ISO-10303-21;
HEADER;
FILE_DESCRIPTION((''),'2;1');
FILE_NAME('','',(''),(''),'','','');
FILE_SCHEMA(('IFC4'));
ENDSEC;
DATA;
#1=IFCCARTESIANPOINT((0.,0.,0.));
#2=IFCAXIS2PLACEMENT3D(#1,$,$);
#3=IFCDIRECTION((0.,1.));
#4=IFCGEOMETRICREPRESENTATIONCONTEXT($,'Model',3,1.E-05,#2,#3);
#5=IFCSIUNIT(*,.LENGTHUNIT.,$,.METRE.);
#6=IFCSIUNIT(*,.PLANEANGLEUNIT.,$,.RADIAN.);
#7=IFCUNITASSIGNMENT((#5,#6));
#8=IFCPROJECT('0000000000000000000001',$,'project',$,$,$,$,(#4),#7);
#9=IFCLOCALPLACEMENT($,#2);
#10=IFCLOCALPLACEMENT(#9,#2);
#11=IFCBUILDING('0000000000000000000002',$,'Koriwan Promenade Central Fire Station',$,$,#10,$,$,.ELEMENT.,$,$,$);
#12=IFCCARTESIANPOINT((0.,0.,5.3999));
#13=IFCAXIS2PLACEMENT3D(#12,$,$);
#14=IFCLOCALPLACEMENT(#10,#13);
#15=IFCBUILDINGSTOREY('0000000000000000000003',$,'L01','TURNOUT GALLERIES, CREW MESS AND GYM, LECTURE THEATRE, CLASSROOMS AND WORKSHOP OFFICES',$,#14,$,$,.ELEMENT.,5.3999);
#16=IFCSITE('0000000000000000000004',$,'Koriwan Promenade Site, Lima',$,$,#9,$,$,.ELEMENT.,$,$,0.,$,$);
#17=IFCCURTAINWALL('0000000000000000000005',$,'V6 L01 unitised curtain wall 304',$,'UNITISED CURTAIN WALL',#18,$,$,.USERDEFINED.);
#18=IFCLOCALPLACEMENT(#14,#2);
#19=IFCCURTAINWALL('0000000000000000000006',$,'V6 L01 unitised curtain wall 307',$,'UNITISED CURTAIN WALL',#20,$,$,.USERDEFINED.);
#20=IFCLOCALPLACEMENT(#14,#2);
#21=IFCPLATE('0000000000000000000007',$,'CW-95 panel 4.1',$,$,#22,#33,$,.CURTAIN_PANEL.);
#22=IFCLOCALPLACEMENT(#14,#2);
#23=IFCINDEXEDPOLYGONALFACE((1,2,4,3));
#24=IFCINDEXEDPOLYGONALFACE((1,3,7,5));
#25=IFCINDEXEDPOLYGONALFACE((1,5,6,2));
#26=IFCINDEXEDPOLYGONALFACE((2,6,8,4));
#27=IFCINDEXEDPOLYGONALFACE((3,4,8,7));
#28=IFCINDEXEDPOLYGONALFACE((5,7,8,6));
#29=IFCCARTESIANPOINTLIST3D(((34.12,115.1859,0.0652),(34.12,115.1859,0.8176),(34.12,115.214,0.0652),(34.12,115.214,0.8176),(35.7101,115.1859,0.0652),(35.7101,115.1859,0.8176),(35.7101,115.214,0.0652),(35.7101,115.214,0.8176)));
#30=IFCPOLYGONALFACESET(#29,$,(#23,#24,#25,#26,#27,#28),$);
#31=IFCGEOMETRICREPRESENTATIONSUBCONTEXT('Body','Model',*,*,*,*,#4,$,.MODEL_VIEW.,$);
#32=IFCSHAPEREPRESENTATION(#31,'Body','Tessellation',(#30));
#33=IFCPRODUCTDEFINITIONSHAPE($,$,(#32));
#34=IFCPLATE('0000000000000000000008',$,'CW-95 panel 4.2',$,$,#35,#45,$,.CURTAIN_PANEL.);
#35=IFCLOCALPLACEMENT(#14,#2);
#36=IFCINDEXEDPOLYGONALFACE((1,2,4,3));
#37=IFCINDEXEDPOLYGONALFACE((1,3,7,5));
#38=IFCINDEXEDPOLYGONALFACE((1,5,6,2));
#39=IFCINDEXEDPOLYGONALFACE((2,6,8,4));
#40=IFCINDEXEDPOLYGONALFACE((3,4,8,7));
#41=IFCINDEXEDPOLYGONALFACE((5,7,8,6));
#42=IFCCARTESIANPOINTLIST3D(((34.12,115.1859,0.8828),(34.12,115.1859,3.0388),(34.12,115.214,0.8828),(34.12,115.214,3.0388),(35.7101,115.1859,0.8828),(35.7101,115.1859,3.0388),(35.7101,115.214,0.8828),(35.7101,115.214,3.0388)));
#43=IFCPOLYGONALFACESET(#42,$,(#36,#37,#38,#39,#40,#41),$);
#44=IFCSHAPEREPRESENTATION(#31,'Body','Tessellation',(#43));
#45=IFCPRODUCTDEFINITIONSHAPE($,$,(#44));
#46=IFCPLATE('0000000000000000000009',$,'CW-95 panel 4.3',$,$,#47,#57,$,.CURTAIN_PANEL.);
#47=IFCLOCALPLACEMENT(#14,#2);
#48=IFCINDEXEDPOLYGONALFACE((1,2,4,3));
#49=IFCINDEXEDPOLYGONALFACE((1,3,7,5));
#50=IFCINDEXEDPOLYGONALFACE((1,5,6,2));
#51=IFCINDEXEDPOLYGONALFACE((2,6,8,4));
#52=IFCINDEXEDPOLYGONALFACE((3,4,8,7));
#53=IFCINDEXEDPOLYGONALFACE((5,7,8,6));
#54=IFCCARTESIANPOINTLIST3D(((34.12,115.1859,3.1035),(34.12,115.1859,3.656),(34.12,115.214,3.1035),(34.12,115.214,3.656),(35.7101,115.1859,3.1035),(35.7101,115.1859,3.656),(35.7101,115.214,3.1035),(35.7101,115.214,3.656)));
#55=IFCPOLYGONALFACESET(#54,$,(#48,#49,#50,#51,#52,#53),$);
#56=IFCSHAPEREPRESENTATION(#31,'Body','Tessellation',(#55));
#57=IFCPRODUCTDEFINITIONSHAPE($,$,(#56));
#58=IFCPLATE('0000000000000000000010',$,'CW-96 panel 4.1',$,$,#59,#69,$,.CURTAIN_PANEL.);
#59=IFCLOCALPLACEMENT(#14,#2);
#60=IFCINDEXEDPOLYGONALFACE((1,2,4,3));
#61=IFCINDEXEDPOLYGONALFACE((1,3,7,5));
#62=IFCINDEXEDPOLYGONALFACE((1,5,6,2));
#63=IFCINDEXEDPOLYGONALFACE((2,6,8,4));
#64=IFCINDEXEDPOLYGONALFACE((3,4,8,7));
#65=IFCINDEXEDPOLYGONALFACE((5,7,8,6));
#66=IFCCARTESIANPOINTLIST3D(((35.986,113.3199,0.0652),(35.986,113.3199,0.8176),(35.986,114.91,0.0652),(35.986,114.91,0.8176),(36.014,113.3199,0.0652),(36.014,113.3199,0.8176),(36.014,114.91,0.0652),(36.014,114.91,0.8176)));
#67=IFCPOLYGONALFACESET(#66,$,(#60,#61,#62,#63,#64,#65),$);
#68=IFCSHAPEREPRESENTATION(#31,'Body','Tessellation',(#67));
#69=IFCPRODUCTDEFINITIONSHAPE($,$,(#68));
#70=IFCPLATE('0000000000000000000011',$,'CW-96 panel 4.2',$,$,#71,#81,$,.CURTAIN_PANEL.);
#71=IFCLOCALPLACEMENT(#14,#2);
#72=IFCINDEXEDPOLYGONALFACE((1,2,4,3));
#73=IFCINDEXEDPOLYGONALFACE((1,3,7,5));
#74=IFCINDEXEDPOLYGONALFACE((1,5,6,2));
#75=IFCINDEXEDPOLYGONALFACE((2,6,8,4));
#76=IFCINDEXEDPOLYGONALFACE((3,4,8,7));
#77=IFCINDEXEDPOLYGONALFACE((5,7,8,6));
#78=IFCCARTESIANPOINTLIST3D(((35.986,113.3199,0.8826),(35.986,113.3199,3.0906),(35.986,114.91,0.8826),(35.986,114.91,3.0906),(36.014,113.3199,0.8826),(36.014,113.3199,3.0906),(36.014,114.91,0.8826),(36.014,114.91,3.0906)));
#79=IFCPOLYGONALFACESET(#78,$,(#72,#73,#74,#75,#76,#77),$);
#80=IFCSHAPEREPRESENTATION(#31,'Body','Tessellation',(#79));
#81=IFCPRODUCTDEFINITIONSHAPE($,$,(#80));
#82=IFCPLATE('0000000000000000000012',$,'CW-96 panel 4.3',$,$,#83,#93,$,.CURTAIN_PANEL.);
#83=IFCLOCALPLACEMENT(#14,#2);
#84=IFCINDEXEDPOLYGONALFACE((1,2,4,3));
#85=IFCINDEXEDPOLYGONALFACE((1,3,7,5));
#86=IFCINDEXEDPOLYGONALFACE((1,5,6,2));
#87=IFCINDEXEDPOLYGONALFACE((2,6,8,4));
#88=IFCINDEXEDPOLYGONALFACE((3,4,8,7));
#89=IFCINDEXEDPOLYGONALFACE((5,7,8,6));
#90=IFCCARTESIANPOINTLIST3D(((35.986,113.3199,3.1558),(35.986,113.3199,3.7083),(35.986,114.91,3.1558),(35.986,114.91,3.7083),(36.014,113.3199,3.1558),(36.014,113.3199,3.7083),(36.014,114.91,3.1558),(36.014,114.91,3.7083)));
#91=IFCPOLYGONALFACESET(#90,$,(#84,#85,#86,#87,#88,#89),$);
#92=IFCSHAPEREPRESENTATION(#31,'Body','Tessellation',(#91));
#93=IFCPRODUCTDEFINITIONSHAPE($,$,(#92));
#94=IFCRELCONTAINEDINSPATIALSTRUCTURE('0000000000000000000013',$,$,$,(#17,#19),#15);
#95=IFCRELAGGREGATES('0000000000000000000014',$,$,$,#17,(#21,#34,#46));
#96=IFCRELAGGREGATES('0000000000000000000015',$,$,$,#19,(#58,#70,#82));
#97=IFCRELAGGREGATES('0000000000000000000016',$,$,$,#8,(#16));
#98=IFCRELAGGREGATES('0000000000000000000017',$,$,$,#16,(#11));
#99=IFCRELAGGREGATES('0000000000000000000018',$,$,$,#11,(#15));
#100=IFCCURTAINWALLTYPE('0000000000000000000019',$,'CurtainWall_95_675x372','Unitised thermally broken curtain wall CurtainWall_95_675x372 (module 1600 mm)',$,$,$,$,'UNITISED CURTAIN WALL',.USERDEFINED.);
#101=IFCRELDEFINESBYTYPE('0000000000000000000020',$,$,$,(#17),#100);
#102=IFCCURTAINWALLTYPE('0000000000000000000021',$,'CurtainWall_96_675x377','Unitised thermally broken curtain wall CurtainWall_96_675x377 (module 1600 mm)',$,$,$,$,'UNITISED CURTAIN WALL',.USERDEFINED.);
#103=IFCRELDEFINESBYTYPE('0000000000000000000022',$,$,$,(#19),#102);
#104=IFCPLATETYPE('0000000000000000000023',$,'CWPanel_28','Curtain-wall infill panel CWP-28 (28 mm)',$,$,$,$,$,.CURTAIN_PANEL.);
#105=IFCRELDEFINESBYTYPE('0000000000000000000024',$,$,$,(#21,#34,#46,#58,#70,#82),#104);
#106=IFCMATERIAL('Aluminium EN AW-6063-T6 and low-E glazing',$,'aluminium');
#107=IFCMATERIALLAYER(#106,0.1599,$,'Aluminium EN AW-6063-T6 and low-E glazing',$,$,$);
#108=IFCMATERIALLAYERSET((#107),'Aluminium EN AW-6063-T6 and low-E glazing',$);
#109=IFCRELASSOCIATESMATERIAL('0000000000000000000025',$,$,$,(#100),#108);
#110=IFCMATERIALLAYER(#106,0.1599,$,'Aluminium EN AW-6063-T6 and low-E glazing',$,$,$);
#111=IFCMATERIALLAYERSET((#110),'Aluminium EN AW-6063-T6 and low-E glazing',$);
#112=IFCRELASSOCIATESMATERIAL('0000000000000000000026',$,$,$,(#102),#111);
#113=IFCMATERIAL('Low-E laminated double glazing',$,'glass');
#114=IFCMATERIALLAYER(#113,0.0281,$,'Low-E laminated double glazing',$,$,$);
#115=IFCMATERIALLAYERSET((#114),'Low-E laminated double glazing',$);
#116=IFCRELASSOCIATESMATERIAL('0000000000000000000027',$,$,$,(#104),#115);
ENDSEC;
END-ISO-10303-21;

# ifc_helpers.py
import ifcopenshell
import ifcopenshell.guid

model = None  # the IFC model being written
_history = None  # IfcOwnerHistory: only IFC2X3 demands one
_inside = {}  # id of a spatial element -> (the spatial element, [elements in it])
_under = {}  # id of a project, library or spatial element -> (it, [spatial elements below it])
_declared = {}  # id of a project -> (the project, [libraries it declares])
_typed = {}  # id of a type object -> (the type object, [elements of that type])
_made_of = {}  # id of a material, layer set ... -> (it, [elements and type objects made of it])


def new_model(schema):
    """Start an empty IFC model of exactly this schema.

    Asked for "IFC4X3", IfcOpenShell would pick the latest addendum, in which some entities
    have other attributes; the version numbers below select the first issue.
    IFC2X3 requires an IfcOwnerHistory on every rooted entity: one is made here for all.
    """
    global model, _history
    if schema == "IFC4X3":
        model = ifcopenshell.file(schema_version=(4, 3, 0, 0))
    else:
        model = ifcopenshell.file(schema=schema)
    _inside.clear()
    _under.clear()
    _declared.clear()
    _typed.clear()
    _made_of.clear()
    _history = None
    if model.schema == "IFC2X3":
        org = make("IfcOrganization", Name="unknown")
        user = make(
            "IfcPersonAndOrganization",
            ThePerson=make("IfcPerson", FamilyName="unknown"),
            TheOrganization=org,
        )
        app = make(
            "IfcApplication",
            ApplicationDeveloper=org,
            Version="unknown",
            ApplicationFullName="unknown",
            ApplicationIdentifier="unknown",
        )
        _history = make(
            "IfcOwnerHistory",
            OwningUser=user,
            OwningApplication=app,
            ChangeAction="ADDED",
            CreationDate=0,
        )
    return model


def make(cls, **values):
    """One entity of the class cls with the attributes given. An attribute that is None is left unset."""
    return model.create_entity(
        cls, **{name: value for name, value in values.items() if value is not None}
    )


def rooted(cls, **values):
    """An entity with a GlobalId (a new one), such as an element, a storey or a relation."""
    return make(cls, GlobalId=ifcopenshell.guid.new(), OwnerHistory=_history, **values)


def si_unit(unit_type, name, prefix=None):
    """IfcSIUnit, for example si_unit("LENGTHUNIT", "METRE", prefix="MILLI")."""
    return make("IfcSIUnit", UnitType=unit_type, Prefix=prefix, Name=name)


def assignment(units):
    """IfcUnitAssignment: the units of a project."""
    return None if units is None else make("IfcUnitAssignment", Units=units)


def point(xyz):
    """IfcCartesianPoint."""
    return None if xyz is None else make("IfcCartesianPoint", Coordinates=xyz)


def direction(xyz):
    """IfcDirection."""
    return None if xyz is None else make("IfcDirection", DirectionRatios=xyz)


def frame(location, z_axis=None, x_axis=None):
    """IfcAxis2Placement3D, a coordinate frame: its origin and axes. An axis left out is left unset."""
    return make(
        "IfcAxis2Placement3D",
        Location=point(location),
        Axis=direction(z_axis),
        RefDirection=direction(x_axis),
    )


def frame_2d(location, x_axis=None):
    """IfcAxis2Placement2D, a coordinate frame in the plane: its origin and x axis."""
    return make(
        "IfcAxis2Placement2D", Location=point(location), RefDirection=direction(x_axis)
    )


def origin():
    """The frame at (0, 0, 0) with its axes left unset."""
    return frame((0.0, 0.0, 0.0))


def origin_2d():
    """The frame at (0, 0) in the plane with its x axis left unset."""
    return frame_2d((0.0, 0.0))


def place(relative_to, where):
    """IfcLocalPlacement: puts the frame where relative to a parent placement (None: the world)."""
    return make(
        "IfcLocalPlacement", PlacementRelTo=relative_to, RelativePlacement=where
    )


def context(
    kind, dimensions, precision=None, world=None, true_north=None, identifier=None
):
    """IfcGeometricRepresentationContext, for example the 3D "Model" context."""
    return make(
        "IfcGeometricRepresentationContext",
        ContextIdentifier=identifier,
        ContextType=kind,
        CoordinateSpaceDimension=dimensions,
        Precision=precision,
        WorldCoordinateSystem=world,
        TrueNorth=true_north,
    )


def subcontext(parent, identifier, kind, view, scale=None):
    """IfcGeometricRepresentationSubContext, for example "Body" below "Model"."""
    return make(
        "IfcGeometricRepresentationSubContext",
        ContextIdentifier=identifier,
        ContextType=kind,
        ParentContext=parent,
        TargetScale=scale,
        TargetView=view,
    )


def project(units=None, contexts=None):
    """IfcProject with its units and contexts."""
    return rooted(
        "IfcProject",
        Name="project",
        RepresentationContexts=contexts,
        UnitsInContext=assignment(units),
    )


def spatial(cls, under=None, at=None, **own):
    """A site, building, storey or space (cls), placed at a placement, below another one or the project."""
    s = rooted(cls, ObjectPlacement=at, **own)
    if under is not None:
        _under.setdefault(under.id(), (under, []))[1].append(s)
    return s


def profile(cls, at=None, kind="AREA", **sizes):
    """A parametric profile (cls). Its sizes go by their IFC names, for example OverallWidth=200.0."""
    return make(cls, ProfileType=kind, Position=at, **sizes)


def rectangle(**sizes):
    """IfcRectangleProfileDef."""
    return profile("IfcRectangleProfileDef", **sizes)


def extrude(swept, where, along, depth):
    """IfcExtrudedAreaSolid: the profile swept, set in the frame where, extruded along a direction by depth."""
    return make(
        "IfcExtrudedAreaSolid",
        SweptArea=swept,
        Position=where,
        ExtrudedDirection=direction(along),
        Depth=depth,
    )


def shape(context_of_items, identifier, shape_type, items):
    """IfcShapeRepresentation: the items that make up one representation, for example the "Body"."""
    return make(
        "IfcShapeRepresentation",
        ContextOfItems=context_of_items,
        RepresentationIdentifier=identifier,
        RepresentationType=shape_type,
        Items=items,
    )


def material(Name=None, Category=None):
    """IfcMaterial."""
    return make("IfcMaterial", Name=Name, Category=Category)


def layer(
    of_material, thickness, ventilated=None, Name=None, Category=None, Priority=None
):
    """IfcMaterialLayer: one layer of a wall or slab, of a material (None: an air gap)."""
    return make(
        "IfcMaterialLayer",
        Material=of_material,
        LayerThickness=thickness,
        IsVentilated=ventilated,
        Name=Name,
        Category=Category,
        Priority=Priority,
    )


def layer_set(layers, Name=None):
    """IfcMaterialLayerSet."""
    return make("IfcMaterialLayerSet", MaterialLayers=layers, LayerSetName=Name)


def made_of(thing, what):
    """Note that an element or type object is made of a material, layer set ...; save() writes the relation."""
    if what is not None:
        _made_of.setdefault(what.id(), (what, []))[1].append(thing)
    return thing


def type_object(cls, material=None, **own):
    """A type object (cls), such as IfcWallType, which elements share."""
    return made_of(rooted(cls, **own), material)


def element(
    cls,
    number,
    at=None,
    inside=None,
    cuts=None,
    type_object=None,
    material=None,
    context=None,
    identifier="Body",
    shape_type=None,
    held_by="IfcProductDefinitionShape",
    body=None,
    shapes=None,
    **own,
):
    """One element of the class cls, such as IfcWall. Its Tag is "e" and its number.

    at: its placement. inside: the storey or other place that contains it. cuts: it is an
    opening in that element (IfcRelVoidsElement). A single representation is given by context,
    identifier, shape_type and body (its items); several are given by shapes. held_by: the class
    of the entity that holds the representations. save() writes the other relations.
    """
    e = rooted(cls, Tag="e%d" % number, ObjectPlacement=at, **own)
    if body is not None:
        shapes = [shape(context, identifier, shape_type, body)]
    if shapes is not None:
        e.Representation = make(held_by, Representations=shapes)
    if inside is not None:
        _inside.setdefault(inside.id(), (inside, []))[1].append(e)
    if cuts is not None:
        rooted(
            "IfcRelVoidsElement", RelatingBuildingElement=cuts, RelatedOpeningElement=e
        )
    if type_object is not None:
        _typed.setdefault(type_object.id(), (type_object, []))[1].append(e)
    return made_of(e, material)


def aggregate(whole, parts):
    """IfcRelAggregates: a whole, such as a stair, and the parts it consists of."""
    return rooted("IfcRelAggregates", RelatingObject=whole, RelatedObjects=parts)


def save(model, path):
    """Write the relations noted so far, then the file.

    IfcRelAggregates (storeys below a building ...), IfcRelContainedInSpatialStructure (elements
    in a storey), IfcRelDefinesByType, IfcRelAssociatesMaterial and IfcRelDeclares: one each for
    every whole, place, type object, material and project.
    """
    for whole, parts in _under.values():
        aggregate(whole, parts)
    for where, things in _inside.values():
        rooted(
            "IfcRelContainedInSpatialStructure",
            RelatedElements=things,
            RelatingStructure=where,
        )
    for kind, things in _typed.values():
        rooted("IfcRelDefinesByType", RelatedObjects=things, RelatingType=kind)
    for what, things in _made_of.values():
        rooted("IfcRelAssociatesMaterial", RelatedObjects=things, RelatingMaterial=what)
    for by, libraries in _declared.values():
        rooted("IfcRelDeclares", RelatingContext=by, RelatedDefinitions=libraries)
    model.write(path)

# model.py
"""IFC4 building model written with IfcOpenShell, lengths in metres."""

from ifc_helpers import new_model, si_unit, direction, frame, origin, origin_2d, place, context, subcontext, project, spatial, rectangle, extrude, material, layer, layer_set, type_object, element, aggregate, save


model = new_model("IFC4")

# Units and contexts
model_context = context("Model", 3, precision=1e-05, world=origin(), true_north=direction((0.0, 1.0)))
body_context = subcontext(model_context, "Body", "Model", "MODEL_VIEW")
ifc_project = project(units=[si_unit("LENGTHUNIT", "METRE"), si_unit("PLANEANGLEUNIT", "RADIAN")], contexts=[model_context])

# Site, building, storey
site_placement = place(None, origin())
site = spatial("IfcSite", under=ifc_project, at=site_placement, Name="Koriwan Promenade Site, Lima", CompositionType="ELEMENT", RefElevation=0.0)
building_placement = place(site_placement, origin())
building = spatial("IfcBuilding", under=site, at=building_placement, Name="Koriwan Promenade Central Fire Station", CompositionType="ELEMENT")
storey_placement = place(building_placement, frame((0.0, 0.0, 5.3999)))
storey = spatial("IfcBuildingStorey", under=building, at=storey_placement, Name="L01", Description="TURNOUT GALLERIES, CREW MESS AND GYM, LECTURE THEATRE, CLASSROOMS AND WORKSHOP OFFICES", CompositionType="ELEMENT", Elevation=5.3999)

# Curtain wall
ifc_material_1 = material(Name="Aluminium EN AW-6063-T6 and low-E glazing", Category="aluminium")
ifc_layer_1 = layer(ifc_material_1, 0.1599, Name="Aluminium EN AW-6063-T6 and low-E glazing")
ifc_layer_set_1 = layer_set([ifc_layer_1], Name="Aluminium EN AW-6063-T6 and low-E glazing")
curtain_wall_type_1 = type_object("IfcCurtainWallType", Name="CurtainWall_95_675x372", Description="Unitised thermally broken curtain wall CurtainWall_95_675x372 (module 1600 mm)", ElementType="UNITISED CURTAIN WALL", PredefinedType="USERDEFINED", material=ifc_layer_set_1)
curtain_wall_1_placement = place(storey_placement, origin())
curtain_wall_1 = element("IfcCurtainWall", 1, at=curtain_wall_1_placement, inside=storey, type_object=curtain_wall_type_1, Name="V6 L01 unitised curtain wall 304", ObjectType="UNITISED CURTAIN WALL", PredefinedType="USERDEFINED")

# Curtain wall
ifc_layer_2 = layer(ifc_material_1, 0.1599, Name="Aluminium EN AW-6063-T6 and low-E glazing")
ifc_layer_set_2 = layer_set([ifc_layer_2], Name="Aluminium EN AW-6063-T6 and low-E glazing")
curtain_wall_type_2 = type_object("IfcCurtainWallType", Name="CurtainWall_96_675x377", Description="Unitised thermally broken curtain wall CurtainWall_96_675x377 (module 1600 mm)", ElementType="UNITISED CURTAIN WALL", PredefinedType="USERDEFINED", material=ifc_layer_set_2)
curtain_wall_2_placement = place(storey_placement, origin())
curtain_wall_2 = element("IfcCurtainWall", 2, at=curtain_wall_2_placement, inside=storey, type_object=curtain_wall_type_2, Name="V6 L01 unitised curtain wall 307", ObjectType="UNITISED CURTAIN WALL", PredefinedType="USERDEFINED")

# Plates
ifc_material_2 = material(Name="Low-E laminated double glazing", Category="glass")
ifc_layer_3 = layer(ifc_material_2, 0.0281, Name="Low-E laminated double glazing")
ifc_layer_set_3 = layer_set([ifc_layer_3], Name="Low-E laminated double glazing")
plate_type = type_object("IfcPlateType", Name="CWPanel_28", Description="Curtain-wall infill panel CWP-28 (28 mm)", PredefinedType="CURTAIN_PANEL", material=ifc_layer_set_3)
plate_1_placement = place(storey_placement, frame((34.915, 115.2, 0.0652), z_axis=(0.0, 0.0, 1.0), x_axis=(1.0, 0.0, 0.0)))
plate_1 = element("IfcPlate", 3, at=plate_1_placement, type_object=plate_type, Name="CW-95 panel 4.1", PredefinedType="CURTAIN_PANEL", context=body_context, shape_type="SweptSolid", body=[
    extrude(rectangle(XDim=1.5901, YDim=0.0281, at=origin_2d()), origin(), (0.0, 0.0, 1.0), 0.7524),
])
plate_2_placement = place(storey_placement, frame((34.915, 115.2, 0.8828), z_axis=(0.0, 0.0, 1.0), x_axis=(1.0, 0.0, 0.0)))
plate_2 = element("IfcPlate", 4, at=plate_2_placement, type_object=plate_type, Name="CW-95 panel 4.2", PredefinedType="CURTAIN_PANEL", context=body_context, shape_type="SweptSolid", body=[
    extrude(rectangle(XDim=1.5901, YDim=0.0281, at=origin_2d()), origin(), (0.0, 0.0, 1.0), 2.156),
])
plate_3_placement = place(storey_placement, frame((34.915, 115.2, 3.1035), z_axis=(0.0, 0.0, 1.0), x_axis=(1.0, 0.0, 0.0)))
plate_3 = element("IfcPlate", 5, at=plate_3_placement, type_object=plate_type, Name="CW-95 panel 4.3", PredefinedType="CURTAIN_PANEL", context=body_context, shape_type="SweptSolid", body=[
    extrude(rectangle(XDim=1.5901, YDim=0.0281, at=origin_2d()), origin(), (0.0, 0.0, 1.0), 0.5525),
])
aggregate(curtain_wall_1, [plate_1, plate_2, plate_3])
plate_4_placement = place(storey_placement, frame((36.0, 114.115, 0.0652), z_axis=(0.0, 0.0, 1.0), x_axis=(0.0, 1.0, 0.0)))
plate_4 = element("IfcPlate", 6, at=plate_4_placement, type_object=plate_type, Name="CW-96 panel 4.1", PredefinedType="CURTAIN_PANEL", context=body_context, shape_type="SweptSolid", body=[
    extrude(rectangle(XDim=1.5901, YDim=0.0281, at=origin_2d()), origin(), (0.0, 0.0, 1.0), 0.7524),
])
plate_5_placement = place(storey_placement, frame((36.0, 114.115, 0.8826), z_axis=(0.0, 0.0, 1.0), x_axis=(0.0, 1.0, 0.0)))
plate_5 = element("IfcPlate", 7, at=plate_5_placement, type_object=plate_type, Name="CW-96 panel 4.2", PredefinedType="CURTAIN_PANEL", context=body_context, shape_type="SweptSolid", body=[
    extrude(rectangle(XDim=1.5901, YDim=0.0281, at=origin_2d()), origin(), (0.0, 0.0, 1.0), 2.208),
])
plate_6_placement = place(storey_placement, frame((36.0, 114.115, 3.1558), z_axis=(0.0, 0.0, 1.0), x_axis=(0.0, 1.0, 0.0)))
plate_6 = element("IfcPlate", 8, at=plate_6_placement, type_object=plate_type, Name="CW-96 panel 4.3", PredefinedType="CURTAIN_PANEL", context=body_context, shape_type="SweptSolid", body=[
    extrude(rectangle(XDim=1.5901, YDim=0.0281, at=origin_2d()), origin(), (0.0, 0.0, 1.0), 0.5525),
])
aggregate(curtain_wall_2, [plate_4, plate_5, plate_6])

save(model, "model.ifc")
